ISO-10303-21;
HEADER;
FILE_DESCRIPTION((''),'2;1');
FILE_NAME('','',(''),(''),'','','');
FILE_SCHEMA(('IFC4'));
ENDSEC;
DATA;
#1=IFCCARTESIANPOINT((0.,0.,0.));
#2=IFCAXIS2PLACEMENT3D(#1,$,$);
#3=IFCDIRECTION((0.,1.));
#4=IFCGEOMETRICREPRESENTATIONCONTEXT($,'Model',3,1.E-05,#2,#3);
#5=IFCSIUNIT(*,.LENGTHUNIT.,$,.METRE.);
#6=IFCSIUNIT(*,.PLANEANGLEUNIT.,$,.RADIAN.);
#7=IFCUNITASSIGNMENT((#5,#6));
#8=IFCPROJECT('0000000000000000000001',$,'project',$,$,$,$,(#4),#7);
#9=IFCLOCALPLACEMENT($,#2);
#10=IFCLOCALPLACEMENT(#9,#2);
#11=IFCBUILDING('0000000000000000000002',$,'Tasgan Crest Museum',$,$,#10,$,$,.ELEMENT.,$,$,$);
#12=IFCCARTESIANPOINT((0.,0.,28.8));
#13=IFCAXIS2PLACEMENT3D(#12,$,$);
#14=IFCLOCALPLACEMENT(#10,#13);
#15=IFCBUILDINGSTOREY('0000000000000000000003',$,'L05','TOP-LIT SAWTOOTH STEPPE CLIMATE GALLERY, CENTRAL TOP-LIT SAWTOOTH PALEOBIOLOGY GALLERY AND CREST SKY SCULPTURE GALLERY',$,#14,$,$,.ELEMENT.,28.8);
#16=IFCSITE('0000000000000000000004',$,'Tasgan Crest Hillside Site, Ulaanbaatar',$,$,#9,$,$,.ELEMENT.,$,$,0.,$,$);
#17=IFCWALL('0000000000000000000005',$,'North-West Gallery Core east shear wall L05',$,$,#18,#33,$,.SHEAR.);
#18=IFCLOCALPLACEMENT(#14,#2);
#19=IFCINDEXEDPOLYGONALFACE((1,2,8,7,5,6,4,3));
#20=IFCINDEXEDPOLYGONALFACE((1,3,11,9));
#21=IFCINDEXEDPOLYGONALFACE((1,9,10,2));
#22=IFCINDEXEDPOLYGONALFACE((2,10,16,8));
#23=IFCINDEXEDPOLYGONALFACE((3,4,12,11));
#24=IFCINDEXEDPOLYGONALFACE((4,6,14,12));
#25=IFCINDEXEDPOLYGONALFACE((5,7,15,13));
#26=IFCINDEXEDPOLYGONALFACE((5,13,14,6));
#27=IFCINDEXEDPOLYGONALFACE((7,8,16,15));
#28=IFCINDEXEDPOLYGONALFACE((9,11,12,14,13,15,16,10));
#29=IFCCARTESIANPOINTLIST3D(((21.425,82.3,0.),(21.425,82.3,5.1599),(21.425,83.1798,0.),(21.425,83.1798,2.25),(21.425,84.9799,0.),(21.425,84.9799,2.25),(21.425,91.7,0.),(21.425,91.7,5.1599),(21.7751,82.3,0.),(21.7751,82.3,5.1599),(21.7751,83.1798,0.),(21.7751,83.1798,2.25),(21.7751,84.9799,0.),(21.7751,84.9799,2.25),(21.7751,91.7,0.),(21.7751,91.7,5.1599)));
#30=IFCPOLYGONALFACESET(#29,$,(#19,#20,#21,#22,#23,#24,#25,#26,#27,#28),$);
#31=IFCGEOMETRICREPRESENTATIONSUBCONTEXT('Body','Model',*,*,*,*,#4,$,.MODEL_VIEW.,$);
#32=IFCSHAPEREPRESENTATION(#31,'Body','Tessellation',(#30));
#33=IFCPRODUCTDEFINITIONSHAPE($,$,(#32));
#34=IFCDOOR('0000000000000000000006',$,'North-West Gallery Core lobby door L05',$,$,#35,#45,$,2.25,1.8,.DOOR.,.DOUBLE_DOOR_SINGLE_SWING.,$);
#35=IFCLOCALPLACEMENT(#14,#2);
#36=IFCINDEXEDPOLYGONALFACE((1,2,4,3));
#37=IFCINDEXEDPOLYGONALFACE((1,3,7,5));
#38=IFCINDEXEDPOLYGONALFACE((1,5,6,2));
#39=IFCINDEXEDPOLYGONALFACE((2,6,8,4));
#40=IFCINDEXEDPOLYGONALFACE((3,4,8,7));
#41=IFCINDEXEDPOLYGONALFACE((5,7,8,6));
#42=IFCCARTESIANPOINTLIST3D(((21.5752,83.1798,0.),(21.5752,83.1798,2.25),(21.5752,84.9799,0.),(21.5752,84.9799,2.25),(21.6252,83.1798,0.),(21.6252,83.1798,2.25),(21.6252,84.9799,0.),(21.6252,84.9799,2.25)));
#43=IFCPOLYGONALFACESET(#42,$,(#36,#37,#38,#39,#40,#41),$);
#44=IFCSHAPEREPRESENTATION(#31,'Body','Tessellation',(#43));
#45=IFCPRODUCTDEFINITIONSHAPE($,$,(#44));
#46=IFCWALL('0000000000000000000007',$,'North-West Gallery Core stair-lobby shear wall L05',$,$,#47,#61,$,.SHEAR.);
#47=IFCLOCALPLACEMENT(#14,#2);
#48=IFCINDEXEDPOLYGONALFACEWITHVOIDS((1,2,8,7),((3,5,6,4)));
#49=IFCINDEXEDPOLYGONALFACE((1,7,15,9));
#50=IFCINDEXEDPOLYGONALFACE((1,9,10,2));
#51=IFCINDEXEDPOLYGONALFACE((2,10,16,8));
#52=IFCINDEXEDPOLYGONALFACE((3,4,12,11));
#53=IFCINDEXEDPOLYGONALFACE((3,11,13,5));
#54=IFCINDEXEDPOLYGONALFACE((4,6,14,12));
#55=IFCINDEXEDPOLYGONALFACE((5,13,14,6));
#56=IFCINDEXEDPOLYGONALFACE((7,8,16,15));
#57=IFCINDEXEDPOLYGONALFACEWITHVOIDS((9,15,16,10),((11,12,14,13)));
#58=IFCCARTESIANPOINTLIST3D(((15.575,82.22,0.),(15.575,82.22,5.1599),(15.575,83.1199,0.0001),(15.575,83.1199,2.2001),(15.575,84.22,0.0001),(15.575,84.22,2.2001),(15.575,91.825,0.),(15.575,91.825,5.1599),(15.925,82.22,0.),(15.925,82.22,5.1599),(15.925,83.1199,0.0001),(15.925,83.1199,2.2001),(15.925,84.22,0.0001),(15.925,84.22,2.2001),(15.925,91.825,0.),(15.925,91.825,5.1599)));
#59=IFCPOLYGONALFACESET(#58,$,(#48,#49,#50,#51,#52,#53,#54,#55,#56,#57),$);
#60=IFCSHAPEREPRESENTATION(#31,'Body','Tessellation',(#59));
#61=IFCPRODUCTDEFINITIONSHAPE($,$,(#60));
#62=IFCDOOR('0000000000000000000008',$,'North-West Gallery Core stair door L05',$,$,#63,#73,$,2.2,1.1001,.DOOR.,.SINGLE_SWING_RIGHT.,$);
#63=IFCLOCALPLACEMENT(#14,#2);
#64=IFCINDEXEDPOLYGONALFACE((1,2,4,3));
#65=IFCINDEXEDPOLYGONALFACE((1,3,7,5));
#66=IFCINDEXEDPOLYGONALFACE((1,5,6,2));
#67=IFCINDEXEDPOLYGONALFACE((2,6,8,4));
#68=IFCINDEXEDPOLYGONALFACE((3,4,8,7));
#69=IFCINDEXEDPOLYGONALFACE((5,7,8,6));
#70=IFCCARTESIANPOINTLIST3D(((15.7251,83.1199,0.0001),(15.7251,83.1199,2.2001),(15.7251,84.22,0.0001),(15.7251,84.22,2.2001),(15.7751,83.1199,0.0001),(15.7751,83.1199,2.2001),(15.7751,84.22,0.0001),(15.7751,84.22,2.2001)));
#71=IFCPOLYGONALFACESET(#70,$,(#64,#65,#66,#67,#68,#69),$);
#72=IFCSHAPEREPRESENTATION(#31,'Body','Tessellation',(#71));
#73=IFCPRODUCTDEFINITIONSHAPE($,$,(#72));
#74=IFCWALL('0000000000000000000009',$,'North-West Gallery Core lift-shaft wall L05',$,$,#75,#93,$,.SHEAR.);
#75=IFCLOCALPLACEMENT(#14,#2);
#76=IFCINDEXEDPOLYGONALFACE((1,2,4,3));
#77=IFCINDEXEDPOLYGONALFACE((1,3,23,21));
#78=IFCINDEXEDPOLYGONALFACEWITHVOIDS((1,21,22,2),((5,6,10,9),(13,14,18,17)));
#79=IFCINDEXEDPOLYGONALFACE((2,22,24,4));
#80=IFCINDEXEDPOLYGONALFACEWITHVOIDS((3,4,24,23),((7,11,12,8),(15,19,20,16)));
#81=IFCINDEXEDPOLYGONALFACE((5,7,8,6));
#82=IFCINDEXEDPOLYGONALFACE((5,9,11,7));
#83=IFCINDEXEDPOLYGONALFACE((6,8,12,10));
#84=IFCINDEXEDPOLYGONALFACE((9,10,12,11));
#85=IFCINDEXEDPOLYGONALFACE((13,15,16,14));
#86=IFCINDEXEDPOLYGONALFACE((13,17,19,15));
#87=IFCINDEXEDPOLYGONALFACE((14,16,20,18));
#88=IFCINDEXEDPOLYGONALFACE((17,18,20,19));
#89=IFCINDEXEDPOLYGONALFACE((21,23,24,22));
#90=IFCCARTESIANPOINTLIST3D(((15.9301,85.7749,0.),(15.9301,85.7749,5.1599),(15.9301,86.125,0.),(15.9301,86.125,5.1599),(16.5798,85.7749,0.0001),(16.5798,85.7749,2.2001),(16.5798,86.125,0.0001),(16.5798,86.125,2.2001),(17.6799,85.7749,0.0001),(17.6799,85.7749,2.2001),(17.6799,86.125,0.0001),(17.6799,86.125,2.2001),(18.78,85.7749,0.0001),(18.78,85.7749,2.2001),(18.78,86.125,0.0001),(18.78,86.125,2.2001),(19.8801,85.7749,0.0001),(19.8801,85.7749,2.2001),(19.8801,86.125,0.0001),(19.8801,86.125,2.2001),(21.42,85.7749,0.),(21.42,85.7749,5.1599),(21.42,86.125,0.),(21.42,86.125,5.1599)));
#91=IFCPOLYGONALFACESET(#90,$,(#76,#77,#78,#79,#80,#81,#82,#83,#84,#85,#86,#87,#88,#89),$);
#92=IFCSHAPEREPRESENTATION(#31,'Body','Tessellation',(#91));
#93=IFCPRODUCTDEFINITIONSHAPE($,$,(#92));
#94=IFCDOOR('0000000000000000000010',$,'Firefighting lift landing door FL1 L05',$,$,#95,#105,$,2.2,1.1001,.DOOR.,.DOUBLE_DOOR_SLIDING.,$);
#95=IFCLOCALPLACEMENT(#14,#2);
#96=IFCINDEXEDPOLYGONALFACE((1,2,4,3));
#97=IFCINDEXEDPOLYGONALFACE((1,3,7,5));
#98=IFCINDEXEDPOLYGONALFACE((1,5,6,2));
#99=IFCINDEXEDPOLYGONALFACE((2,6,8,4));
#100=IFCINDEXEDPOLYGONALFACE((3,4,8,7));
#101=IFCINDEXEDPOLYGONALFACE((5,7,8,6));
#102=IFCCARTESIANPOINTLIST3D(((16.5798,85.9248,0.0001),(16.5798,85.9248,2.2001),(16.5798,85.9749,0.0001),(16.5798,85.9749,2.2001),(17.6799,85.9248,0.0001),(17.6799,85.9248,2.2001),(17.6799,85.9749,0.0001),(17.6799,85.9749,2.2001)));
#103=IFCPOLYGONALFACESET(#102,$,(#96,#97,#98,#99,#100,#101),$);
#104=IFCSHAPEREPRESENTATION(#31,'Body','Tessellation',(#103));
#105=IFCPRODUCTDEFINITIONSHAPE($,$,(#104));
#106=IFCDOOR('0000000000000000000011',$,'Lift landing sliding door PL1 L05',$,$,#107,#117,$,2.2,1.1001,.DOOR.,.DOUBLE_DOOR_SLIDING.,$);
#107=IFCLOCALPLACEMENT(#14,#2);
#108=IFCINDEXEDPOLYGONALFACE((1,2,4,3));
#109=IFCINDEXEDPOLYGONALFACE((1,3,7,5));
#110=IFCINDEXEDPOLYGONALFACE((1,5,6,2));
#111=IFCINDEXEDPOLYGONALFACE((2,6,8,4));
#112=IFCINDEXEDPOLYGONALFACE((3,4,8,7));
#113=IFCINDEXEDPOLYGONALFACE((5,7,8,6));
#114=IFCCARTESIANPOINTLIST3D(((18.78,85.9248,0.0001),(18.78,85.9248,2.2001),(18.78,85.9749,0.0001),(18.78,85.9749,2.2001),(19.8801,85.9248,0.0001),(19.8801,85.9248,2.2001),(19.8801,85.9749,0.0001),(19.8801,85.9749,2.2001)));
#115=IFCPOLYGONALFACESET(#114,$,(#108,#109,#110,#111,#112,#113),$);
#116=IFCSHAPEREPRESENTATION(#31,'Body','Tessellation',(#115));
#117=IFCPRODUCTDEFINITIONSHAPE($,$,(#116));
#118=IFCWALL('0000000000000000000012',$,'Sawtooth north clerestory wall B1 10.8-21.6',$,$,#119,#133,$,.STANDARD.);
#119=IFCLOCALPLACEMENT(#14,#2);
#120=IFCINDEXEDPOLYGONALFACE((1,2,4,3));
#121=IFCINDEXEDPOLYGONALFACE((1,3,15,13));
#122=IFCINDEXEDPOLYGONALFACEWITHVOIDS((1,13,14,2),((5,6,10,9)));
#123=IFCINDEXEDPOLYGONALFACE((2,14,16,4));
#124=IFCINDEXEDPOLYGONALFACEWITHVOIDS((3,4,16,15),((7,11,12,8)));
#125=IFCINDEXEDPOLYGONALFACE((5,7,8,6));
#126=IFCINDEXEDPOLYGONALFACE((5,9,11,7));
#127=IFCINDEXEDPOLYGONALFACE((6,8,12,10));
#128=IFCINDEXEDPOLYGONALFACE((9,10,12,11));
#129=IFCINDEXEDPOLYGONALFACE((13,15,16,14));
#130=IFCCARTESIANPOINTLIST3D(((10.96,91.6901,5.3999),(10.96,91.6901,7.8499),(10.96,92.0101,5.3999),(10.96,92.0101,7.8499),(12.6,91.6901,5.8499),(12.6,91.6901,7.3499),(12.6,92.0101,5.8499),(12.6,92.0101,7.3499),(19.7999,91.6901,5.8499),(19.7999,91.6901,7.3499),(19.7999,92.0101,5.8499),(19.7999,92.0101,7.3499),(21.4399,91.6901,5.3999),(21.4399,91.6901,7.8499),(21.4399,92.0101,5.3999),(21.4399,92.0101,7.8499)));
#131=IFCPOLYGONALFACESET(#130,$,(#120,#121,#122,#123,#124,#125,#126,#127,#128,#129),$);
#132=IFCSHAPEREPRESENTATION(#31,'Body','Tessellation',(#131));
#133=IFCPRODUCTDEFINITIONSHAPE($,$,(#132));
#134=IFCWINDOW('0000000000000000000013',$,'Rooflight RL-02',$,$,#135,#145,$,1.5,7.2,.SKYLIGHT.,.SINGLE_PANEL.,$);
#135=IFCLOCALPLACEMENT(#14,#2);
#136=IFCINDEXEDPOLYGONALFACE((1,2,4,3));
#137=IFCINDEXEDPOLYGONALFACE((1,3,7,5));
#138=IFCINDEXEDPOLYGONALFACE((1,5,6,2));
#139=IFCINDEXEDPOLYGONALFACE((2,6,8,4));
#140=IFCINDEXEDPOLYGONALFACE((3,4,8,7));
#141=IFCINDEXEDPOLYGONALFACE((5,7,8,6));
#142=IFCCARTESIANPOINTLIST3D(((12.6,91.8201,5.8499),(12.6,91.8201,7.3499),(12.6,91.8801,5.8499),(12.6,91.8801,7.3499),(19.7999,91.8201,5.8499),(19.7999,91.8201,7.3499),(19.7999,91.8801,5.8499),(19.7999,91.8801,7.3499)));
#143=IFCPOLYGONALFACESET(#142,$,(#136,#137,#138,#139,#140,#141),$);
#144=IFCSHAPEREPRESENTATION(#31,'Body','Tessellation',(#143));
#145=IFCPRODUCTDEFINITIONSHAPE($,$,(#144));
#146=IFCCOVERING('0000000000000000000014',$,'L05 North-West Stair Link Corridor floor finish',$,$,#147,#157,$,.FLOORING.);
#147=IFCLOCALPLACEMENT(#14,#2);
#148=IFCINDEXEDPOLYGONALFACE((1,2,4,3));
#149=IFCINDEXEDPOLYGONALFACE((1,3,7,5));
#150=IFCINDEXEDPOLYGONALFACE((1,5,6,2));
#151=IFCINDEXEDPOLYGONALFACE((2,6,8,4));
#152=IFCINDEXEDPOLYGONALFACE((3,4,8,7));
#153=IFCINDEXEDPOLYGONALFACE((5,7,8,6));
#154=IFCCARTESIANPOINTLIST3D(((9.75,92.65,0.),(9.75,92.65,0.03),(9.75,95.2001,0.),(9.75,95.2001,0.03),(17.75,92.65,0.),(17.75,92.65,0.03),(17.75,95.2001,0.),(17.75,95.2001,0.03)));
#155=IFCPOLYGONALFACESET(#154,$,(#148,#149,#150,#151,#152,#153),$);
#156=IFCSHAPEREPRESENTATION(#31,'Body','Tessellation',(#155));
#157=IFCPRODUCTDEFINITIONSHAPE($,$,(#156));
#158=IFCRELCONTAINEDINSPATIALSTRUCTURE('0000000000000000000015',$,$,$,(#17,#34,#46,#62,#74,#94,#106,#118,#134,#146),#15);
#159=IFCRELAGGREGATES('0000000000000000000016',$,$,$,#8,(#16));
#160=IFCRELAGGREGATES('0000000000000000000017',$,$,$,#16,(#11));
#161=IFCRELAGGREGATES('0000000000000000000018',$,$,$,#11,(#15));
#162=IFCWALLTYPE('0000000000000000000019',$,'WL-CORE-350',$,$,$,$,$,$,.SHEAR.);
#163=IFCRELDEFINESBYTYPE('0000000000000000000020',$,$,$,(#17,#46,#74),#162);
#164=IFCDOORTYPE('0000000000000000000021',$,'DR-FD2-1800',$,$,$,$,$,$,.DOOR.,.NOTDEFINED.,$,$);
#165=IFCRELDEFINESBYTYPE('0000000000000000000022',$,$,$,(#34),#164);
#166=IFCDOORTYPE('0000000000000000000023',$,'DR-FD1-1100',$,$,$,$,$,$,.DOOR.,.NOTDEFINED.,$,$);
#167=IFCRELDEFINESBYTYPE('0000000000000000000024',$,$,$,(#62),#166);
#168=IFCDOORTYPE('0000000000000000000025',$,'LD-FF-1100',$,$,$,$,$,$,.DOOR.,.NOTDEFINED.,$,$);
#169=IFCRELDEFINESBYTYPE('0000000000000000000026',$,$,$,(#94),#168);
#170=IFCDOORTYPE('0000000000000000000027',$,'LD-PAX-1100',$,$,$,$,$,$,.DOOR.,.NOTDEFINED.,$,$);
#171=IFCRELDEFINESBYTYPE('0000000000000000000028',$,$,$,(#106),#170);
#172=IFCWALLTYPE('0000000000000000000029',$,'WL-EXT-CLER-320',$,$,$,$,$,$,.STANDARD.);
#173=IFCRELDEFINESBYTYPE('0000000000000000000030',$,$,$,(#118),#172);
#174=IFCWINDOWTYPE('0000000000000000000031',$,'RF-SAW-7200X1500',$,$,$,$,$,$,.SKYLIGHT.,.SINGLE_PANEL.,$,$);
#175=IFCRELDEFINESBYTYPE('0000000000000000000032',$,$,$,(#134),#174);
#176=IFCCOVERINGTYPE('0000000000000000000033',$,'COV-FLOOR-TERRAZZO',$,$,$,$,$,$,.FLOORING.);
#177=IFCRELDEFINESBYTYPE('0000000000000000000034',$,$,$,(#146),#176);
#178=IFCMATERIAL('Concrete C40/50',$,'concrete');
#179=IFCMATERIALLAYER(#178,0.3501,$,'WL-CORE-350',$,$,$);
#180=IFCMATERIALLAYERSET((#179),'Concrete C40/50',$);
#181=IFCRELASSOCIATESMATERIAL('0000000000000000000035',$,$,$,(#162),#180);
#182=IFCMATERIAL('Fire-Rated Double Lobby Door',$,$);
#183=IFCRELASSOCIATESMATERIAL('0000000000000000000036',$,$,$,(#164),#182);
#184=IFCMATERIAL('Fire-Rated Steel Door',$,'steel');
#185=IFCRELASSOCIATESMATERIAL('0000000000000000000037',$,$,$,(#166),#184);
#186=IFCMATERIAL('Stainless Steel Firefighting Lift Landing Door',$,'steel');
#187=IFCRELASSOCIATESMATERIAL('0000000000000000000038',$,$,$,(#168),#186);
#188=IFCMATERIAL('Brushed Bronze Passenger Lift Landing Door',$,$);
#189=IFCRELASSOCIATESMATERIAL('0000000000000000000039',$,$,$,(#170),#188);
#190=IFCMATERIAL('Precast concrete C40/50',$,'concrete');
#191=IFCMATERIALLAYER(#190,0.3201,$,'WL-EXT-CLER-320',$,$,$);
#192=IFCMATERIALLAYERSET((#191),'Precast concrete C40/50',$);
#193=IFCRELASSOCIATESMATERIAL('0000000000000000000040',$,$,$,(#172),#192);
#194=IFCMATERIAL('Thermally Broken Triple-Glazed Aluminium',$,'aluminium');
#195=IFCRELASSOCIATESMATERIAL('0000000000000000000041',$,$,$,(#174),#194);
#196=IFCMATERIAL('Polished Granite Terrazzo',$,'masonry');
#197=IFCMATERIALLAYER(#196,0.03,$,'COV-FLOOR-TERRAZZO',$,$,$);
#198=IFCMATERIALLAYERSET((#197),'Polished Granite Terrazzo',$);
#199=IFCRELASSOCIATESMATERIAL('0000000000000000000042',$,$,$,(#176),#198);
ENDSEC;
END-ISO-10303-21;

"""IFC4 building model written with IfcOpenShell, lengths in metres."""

from ifc_helpers import new_model, si_unit, direction, frame, frame_2d, origin, origin_2d, place, context, subcontext, project, spatial, rectangle, extrude, material, layer, layer_set, type_object, element, fill, save


model = new_model("IFC4")

# Units and contexts
model_context = context("Model", 3, precision=1e-05, world=origin(), true_north=direction((0.0, 1.0)))
body_context = subcontext(model_context, "Body", "Model", "MODEL_VIEW")
ifc_project = project(units=[si_unit("LENGTHUNIT", "METRE"), si_unit("PLANEANGLEUNIT", "RADIAN")], contexts=[model_context])

# Site, building, storey
site_placement = place(None, origin())
site = spatial("IfcSite", under=ifc_project, at=site_placement, Name="Tasgan Crest Hillside Site, Ulaanbaatar", CompositionType="ELEMENT", RefElevation=0.0)
building_placement = place(site_placement, origin())
building = spatial("IfcBuilding", under=site, at=building_placement, Name="Tasgan Crest Museum", CompositionType="ELEMENT")
storey_placement = place(building_placement, frame((0.0, 0.0, 28.8)))
storey = spatial("IfcBuildingStorey", under=building, at=storey_placement, Name="L05", Description="TOP-LIT SAWTOOTH STEPPE CLIMATE GALLERY, CENTRAL TOP-LIT SAWTOOTH PALEOBIOLOGY GALLERY AND CREST SKY SCULPTURE GALLERY", CompositionType="ELEMENT", Elevation=28.8)

# Shared definitions
ifc_material_1 = material(Name="Concrete C40/50", Category="concrete")
ifc_layer_1 = layer(ifc_material_1, 0.3501, Name="WL-CORE-350")
ifc_layer_set_1 = layer_set([ifc_layer_1], Name="Concrete C40/50")
wall_type_1 = type_object("IfcWallType", Name="WL-CORE-350", PredefinedType="SHEAR", material=ifc_layer_set_1)

# Walls, openings, doors
wall_1_placement = place(storey_placement, frame((21.6001, 82.3, 0.0), z_axis=(0.0, 0.0, 1.0), x_axis=(0.0, 1.0, 0.0)))
wall_1 = element("IfcWall", 1, at=wall_1_placement, inside=storey, type_object=wall_type_1, Name="North-West Gallery Core east shear wall L05", PredefinedType="SHEAR", context=body_context, shape_type="SweptSolid", body=[
    extrude(rectangle(XDim=9.3999, YDim=0.3501, at=frame_2d((4.7, 0.0))), origin(), (0.0, 0.0, 1.0), 5.1599),
])
opening_1_placement = place(wall_1_placement, frame((0.8799, 0.0, 0.0)))
opening_1 = element("IfcOpeningElement", 2, at=opening_1_placement, cuts=wall_1, PredefinedType="OPENING", context=body_context, shape_type="SweptSolid", body=[
    extrude(rectangle(XDim=1.8, YDim=2.25, at=frame_2d((0.8999, 1.125))), frame((0.0, 0.1851, 0.0), z_axis=(0.0, -1.0, 0.0), x_axis=(1.0, 0.0, 0.0)), (0.0, 0.0, 1.0), 0.3701),
])
ifc_material_2 = material(Name="Fire-Rated Double Lobby Door")
door_type_1 = type_object("IfcDoorType", Name="DR-FD2-1800", OperationType="NOTDEFINED", PredefinedType="DOOR", material=ifc_material_2)
door_1_placement = place(opening_1_placement, origin())
door_1 = element("IfcDoor", 3, at=door_1_placement, inside=storey, type_object=door_type_1, Name="North-West Gallery Core lobby door L05", OperationType="DOUBLE_DOOR_SINGLE_SWING", OverallHeight=2.25, OverallWidth=1.8, PredefinedType="DOOR", context=body_context, shape_type="SweptSolid", body=[
    extrude(rectangle(XDim=1.8, YDim=2.25, at=frame_2d((0.8999, 1.125))), frame((0.0, 0.0249, 0.0), z_axis=(0.0, -1.0, 0.0), x_axis=(1.0, 0.0, 0.0)), (0.0, 0.0, 1.0), 0.05),
])
fill(opening_1, door_1)
wall_2_placement = place(storey_placement, frame((15.75, 82.22, 0.0), z_axis=(0.0, 0.0, 1.0), x_axis=(0.0, 1.0, 0.0)))
wall_2 = element("IfcWall", 4, at=wall_2_placement, inside=storey, type_object=wall_type_1, Name="North-West Gallery Core stair-lobby shear wall L05", PredefinedType="SHEAR", context=body_context, shape_type="SweptSolid", body=[
    extrude(rectangle(XDim=9.605, YDim=0.3501, at=frame_2d((4.8025, 0.0))), origin(), (0.0, 0.0, 1.0), 5.1599),
])
opening_2_placement = place(wall_2_placement, frame((0.8999, 0.0, 0.0)))
opening_2 = element("IfcOpeningElement", 5, at=opening_2_placement, cuts=wall_2, PredefinedType="OPENING", context=body_context, shape_type="SweptSolid", body=[
    extrude(rectangle(XDim=1.1001, YDim=2.2, at=frame_2d((0.55, 1.1001))), frame((0.0, 0.1851, 0.0), z_axis=(0.0, -1.0, 0.0), x_axis=(1.0, 0.0, 0.0)), (0.0, 0.0, 1.0), 0.3701),
])
ifc_material_3 = material(Name="Fire-Rated Steel Door", Category="steel")
door_type_2 = type_object("IfcDoorType", Name="DR-FD1-1100", OperationType="NOTDEFINED", PredefinedType="DOOR", material=ifc_material_3)
door_2_placement = place(opening_2_placement, origin())
door_2 = element("IfcDoor", 6, at=door_2_placement, inside=storey, type_object=door_type_2, Name="North-West Gallery Core stair door L05", OperationType="SINGLE_SWING_RIGHT", OverallHeight=2.2, OverallWidth=1.1001, PredefinedType="DOOR", context=body_context, shape_type="SweptSolid", body=[
    extrude(rectangle(XDim=1.1001, YDim=2.2, at=frame_2d((0.55, 1.1001))), frame((0.0, 0.0249, 0.0), z_axis=(0.0, -1.0, 0.0), x_axis=(1.0, 0.0, 0.0)), (0.0, 0.0, 1.0), 0.05),
])
fill(opening_2, door_2)

# Wall, openings, doors
wall_3_placement = place(storey_placement, frame((15.9299, 85.95, 0.0), z_axis=(0.0, 0.0, 1.0), x_axis=(1.0, 0.0, 0.0)))
wall_3 = element("IfcWall", 7, at=wall_3_placement, inside=storey, type_object=wall_type_1, Name="North-West Gallery Core lift-shaft wall L05", PredefinedType="SHEAR", context=body_context, shape_type="SweptSolid", body=[
    extrude(rectangle(XDim=5.49, YDim=0.3501, at=frame_2d((2.7451, 0.0))), origin(), (0.0, 0.0, 1.0), 5.1599),
])
opening_3_placement = place(wall_3_placement, frame((0.6499, 0.0, 0.0)))
opening_3 = element("IfcOpeningElement", 8, at=opening_3_placement, cuts=wall_3, PredefinedType="OPENING", context=body_context, shape_type="SweptSolid", body=[
    extrude(rectangle(XDim=1.1001, YDim=2.2, at=frame_2d((0.55, 1.1001))), frame((0.0, 0.1851, 0.0), z_axis=(0.0, -1.0, 0.0), x_axis=(1.0, 0.0, 0.0)), (0.0, 0.0, 1.0), 0.3701),
])
opening_4_placement = place(wall_3_placement, frame((2.8501, 0.0, 0.0)))
opening_4 = element("IfcOpeningElement", 9, at=opening_4_placement, cuts=wall_3, PredefinedType="OPENING", context=body_context, shape_type="SweptSolid", body=[
    extrude(rectangle(XDim=1.1001, YDim=2.2, at=frame_2d((0.55, 1.1001))), frame((0.0, 0.1851, 0.0), z_axis=(0.0, -1.0, 0.0), x_axis=(1.0, 0.0, 0.0)), (0.0, 0.0, 1.0), 0.3701),
])
ifc_material_4 = material(Name="Stainless Steel Firefighting Lift Landing Door", Category="steel")
door_type_3 = type_object("IfcDoorType", Name="LD-FF-1100", OperationType="NOTDEFINED", PredefinedType="DOOR", material=ifc_material_4)
door_3_placement = place(opening_3_placement, origin())
door_3 = element("IfcDoor", 10, at=door_3_placement, inside=storey, type_object=door_type_3, Name="Firefighting lift landing door FL1 L05", OperationType="DOUBLE_DOOR_SLIDING", OverallHeight=2.2, OverallWidth=1.1001, PredefinedType="DOOR", context=body_context, shape_type="SweptSolid", body=[
    extrude(rectangle(XDim=1.1001, YDim=2.2, at=frame_2d((0.55, 1.1001))), frame((0.0, 0.0249, 0.0), z_axis=(0.0, -1.0, 0.0), x_axis=(1.0, 0.0, 0.0)), (0.0, 0.0, 1.0), 0.05),
])
fill(opening_3, door_3)
ifc_material_5 = material(Name="Brushed Bronze Passenger Lift Landing Door")
door_type_4 = type_object("IfcDoorType", Name="LD-PAX-1100", OperationType="NOTDEFINED", PredefinedType="DOOR", material=ifc_material_5)
door_4_placement = place(opening_4_placement, origin())
door_4 = element("IfcDoor", 11, at=door_4_placement, inside=storey, type_object=door_type_4, Name="Lift landing sliding door PL1 L05", OperationType="DOUBLE_DOOR_SLIDING", OverallHeight=2.2, OverallWidth=1.1001, PredefinedType="DOOR", context=body_context, shape_type="SweptSolid", body=[
    extrude(rectangle(XDim=1.1001, YDim=2.2, at=frame_2d((0.55, 1.1001))), frame((0.0, 0.0249, 0.0), z_axis=(0.0, -1.0, 0.0), x_axis=(1.0, 0.0, 0.0)), (0.0, 0.0, 1.0), 0.05),
])
fill(opening_4, door_4)

# Wall, opening, window
ifc_material_6 = material(Name="Precast concrete C40/50", Category="concrete")
ifc_layer_2 = layer(ifc_material_6, 0.3201, Name="WL-EXT-CLER-320")
ifc_layer_set_2 = layer_set([ifc_layer_2], Name="Precast concrete C40/50")
wall_type_2 = type_object("IfcWallType", Name="WL-EXT-CLER-320", PredefinedType="STANDARD", material=ifc_layer_set_2)
wall_4_placement = place(storey_placement, frame((10.96, 91.8501, 5.3999), z_axis=(0.0, 0.0, 1.0), x_axis=(1.0, 0.0, 0.0)))
wall_4 = element("IfcWall", 12, at=wall_4_placement, inside=storey, type_object=wall_type_2, Name="Sawtooth north clerestory wall B1 10.8-21.6", PredefinedType="STANDARD", context=body_context, shape_type="SweptSolid", body=[
    extrude(rectangle(XDim=10.48, YDim=0.3201, at=frame_2d((5.24, 0.0))), origin(), (0.0, 0.0, 1.0), 2.45),
])
opening_5_placement = place(wall_4_placement, frame((1.6399, 0.0, 0.45)))
opening_5 = element("IfcOpeningElement", 13, at=opening_5_placement, cuts=wall_4, PredefinedType="OPENING", context=body_context, shape_type="SweptSolid", body=[
    extrude(rectangle(XDim=7.2, YDim=1.5, at=frame_2d((3.6001, 0.75))), frame((0.0, 0.1699, 0.0), z_axis=(0.0, -1.0, 0.0), x_axis=(1.0, 0.0, 0.0)), (0.0, 0.0, 1.0), 0.3401),
])
ifc_material_7 = material(Name="Thermally Broken Triple-Glazed Aluminium", Category="aluminium")
window_type = type_object("IfcWindowType", Name="RF-SAW-7200X1500", PartitioningType="SINGLE_PANEL", PredefinedType="SKYLIGHT", material=ifc_material_7)
window_placement = place(opening_5_placement, origin())
window = element("IfcWindow", 14, at=window_placement, inside=storey, type_object=window_type, Name="Rooflight RL-02", OverallHeight=1.5, OverallWidth=7.2, PartitioningType="SINGLE_PANEL", PredefinedType="SKYLIGHT", context=body_context, shape_type="SweptSolid", body=[
    extrude(rectangle(XDim=7.2, YDim=1.5, at=frame_2d((3.6001, 0.75))), frame((0.0, 0.03, 0.0), z_axis=(0.0, -1.0, 0.0), x_axis=(1.0, 0.0, 0.0)), (0.0, 0.0, 1.0), 0.0601),
])
fill(opening_5, window)

# Covering
ifc_material_8 = material(Name="Polished Granite Terrazzo", Category="masonry")
ifc_layer_3 = layer(ifc_material_8, 0.03, Name="COV-FLOOR-TERRAZZO")
ifc_layer_set_3 = layer_set([ifc_layer_3], Name="Polished Granite Terrazzo")
covering_type = type_object("IfcCoveringType", Name="COV-FLOOR-TERRAZZO", PredefinedType="FLOORING", material=ifc_layer_set_3)
covering_placement = place(storey_placement, frame((13.75, 93.925, 0.0), z_axis=(0.0, 0.0, 1.0), x_axis=(1.0, 0.0, 0.0)))
element("IfcCovering", 15, at=covering_placement, inside=storey, type_object=covering_type, Name="L05 North-West Stair Link Corridor floor finish", PredefinedType="FLOORING", context=body_context, shape_type="SweptSolid", body=[
    extrude(rectangle(XDim=8.0, YDim=2.55, at=origin_2d()), origin(), (0.0, 0.0, 1.0), 0.03),
])

save(model, "model.ifc")
